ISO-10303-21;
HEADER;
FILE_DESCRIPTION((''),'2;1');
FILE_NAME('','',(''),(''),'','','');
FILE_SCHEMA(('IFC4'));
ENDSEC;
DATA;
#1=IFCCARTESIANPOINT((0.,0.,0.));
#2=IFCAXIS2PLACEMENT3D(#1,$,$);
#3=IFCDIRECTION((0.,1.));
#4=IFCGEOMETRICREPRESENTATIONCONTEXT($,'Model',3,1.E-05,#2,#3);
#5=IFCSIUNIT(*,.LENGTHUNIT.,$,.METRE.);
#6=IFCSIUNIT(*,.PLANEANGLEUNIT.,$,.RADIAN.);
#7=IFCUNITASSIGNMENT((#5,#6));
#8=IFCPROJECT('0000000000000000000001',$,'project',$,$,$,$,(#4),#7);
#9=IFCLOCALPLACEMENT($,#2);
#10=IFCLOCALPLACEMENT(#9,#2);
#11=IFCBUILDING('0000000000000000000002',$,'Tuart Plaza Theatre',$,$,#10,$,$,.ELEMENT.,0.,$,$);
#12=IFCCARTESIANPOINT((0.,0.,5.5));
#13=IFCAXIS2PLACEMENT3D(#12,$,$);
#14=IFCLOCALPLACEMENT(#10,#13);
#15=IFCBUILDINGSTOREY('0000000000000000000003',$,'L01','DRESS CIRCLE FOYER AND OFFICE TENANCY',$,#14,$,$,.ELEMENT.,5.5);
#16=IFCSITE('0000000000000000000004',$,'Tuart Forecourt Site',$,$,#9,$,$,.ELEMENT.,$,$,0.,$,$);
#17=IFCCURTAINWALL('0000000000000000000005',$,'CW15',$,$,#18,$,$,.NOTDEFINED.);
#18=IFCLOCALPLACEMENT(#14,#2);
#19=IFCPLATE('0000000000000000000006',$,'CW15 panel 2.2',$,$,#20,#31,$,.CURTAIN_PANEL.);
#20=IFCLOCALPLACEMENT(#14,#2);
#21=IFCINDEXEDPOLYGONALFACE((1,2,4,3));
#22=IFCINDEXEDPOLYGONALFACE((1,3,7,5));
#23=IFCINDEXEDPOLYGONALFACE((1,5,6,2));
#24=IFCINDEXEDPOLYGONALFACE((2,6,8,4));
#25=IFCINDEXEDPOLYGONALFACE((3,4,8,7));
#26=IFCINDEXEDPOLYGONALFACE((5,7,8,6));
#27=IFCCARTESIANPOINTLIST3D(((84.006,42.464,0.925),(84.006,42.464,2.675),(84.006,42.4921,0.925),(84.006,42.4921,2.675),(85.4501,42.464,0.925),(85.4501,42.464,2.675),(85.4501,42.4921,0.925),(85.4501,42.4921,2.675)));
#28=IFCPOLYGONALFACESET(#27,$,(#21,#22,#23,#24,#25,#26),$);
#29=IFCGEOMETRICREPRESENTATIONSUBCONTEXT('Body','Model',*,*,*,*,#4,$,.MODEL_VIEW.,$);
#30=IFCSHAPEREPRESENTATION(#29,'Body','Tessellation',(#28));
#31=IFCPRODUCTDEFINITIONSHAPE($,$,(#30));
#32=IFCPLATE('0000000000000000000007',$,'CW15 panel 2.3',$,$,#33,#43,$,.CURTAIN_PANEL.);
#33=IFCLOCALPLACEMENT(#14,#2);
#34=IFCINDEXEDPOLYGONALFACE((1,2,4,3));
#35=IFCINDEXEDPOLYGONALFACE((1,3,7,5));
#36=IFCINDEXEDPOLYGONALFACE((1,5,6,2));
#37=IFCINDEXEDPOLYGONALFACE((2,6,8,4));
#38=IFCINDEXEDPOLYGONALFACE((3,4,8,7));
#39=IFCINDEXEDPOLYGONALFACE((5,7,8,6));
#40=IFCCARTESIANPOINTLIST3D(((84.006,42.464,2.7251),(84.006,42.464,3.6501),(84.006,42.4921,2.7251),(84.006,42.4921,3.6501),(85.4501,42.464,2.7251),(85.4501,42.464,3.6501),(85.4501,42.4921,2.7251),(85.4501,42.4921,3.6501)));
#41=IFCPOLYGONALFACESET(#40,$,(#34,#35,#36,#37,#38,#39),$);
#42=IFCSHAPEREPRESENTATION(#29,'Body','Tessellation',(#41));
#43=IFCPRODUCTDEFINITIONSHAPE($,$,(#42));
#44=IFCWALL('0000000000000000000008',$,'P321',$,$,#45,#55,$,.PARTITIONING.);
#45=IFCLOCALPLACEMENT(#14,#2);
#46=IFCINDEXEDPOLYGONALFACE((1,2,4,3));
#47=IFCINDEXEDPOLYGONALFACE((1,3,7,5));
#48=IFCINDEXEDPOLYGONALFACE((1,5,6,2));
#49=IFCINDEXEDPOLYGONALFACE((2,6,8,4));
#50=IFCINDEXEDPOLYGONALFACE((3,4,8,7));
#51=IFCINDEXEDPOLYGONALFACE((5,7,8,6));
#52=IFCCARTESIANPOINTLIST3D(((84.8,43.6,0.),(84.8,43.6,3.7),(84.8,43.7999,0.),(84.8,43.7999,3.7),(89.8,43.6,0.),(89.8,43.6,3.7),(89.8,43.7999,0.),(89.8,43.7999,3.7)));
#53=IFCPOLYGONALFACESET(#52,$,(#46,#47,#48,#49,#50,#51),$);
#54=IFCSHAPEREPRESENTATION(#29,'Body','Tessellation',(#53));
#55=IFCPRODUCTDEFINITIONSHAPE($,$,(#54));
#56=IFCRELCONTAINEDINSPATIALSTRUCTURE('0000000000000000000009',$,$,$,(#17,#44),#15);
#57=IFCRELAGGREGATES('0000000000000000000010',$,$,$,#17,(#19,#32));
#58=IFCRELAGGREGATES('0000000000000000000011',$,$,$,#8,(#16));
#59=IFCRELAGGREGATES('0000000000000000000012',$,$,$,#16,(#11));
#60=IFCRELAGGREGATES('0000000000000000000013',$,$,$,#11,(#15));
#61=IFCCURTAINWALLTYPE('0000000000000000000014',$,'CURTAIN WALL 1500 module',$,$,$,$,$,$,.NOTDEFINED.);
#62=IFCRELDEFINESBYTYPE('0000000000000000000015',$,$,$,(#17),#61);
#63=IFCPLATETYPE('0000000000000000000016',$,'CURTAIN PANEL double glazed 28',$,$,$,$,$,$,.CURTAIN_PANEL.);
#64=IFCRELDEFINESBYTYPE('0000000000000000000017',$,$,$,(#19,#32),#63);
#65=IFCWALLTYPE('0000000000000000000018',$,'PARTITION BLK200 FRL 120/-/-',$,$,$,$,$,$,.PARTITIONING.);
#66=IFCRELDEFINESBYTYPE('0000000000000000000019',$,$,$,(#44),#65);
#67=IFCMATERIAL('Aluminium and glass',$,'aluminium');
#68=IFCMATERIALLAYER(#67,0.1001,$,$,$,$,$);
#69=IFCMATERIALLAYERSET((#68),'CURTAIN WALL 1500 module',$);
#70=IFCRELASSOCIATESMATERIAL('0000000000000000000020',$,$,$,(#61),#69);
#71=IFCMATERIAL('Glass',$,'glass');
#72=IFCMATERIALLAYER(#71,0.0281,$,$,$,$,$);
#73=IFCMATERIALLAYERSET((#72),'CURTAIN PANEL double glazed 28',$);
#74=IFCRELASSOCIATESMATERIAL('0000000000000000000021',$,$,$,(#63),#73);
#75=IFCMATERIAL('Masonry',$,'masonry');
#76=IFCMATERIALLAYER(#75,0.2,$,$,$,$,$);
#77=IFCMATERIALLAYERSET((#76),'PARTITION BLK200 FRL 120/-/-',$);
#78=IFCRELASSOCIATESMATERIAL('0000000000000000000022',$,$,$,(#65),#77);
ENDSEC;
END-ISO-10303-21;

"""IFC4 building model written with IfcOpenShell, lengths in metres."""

from ifc_helpers import new_model, si_unit, direction, frame, frame_2d, origin, origin_2d, place, context, subcontext, project, spatial, rectangle, extrude, material, layer, layer_set, type_object, element, aggregate, save


model = new_model("IFC4")

# Units and contexts
model_context = context("Model", 3, precision=1e-05, world=origin(), true_north=direction((0.0, 1.0)))
body_context = subcontext(model_context, "Body", "Model", "MODEL_VIEW")
ifc_project = project(units=[si_unit("LENGTHUNIT", "METRE"), si_unit("PLANEANGLEUNIT", "RADIAN")], contexts=[model_context])

# Site, building, storey
site_placement = place(None, origin())
site = spatial("IfcSite", under=ifc_project, at=site_placement, Name="Tuart Forecourt Site", CompositionType="ELEMENT", RefElevation=0.0)
building_placement = place(site_placement, origin())
building = spatial("IfcBuilding", under=site, at=building_placement, Name="Tuart Plaza Theatre", CompositionType="ELEMENT", ElevationOfRefHeight=0.0)
storey_placement = place(building_placement, frame((0.0, 0.0, 5.5)))
storey = spatial("IfcBuildingStorey", under=building, at=storey_placement, Name="L01", Description="DRESS CIRCLE FOYER AND OFFICE TENANCY", CompositionType="ELEMENT", Elevation=5.5)

# Curtain wall, plates
ifc_material_1 = material(Name="Aluminium and glass", Category="aluminium")
ifc_layer_1 = layer(ifc_material_1, 0.1001)
ifc_layer_set_1 = layer_set([ifc_layer_1], Name="CURTAIN WALL 1500 module")
curtain_wall_type = type_object("IfcCurtainWallType", Name="CURTAIN WALL 1500 module", PredefinedType="NOTDEFINED", material=ifc_layer_set_1)
curtain_wall_placement = place(storey_placement, origin())
curtain_wall = element("IfcCurtainWall", 1, at=curtain_wall_placement, inside=storey, type_object=curtain_wall_type, Name="CW15", PredefinedType="NOTDEFINED")
ifc_material_2 = material(Name="Glass", Category="glass")
ifc_layer_2 = layer(ifc_material_2, 0.0281)
ifc_layer_set_2 = layer_set([ifc_layer_2], Name="CURTAIN PANEL double glazed 28")
plate_type = type_object("IfcPlateType", Name="CURTAIN PANEL double glazed 28", PredefinedType="CURTAIN_PANEL", material=ifc_layer_set_2)
plate_1_placement = place(storey_placement, frame((84.728, 42.478, 0.925), z_axis=(0.0, 0.0, 1.0), x_axis=(1.0, 0.0, 0.0)))
plate_1 = element("IfcPlate", 2, at=plate_1_placement, type_object=plate_type, Name="CW15 panel 2.2", PredefinedType="CURTAIN_PANEL", context=body_context, shape_type="SweptSolid", body=[
    extrude(rectangle(XDim=1.4441, YDim=0.0281, at=origin_2d()), origin(), (0.0, 0.0, 1.0), 1.75),
])
plate_2_placement = place(storey_placement, frame((84.728, 42.478, 2.7251), z_axis=(0.0, 0.0, 1.0), x_axis=(1.0, 0.0, 0.0)))
plate_2 = element("IfcPlate", 3, at=plate_2_placement, type_object=plate_type, Name="CW15 panel 2.3", PredefinedType="CURTAIN_PANEL", context=body_context, shape_type="SweptSolid", body=[
    extrude(rectangle(XDim=1.4441, YDim=0.0281, at=origin_2d()), origin(), (0.0, 0.0, 1.0), 0.925),
])
aggregate(curtain_wall, [plate_1, plate_2])

# Wall
ifc_material_3 = material(Name="Masonry", Category="masonry")
ifc_layer_3 = layer(ifc_material_3, 0.2)
ifc_layer_set_3 = layer_set([ifc_layer_3], Name="PARTITION BLK200 FRL 120/-/-")
wall_type = type_object("IfcWallType", Name="PARTITION BLK200 FRL 120/-/-", PredefinedType="PARTITIONING", material=ifc_layer_set_3)
wall_placement = place(storey_placement, frame((84.8, 43.7, 0.0), z_axis=(0.0, 0.0, 1.0), x_axis=(1.0, 0.0, 0.0)))
element("IfcWall", 4, at=wall_placement, inside=storey, type_object=wall_type, Name="P321", PredefinedType="PARTITIONING", context=body_context, shape_type="SweptSolid", body=[
    extrude(rectangle(XDim=5.0, YDim=0.2, at=frame_2d((2.5, 0.0))), origin(), (0.0, 0.0, 1.0), 3.7),
])

save(model, "model.ifc")
